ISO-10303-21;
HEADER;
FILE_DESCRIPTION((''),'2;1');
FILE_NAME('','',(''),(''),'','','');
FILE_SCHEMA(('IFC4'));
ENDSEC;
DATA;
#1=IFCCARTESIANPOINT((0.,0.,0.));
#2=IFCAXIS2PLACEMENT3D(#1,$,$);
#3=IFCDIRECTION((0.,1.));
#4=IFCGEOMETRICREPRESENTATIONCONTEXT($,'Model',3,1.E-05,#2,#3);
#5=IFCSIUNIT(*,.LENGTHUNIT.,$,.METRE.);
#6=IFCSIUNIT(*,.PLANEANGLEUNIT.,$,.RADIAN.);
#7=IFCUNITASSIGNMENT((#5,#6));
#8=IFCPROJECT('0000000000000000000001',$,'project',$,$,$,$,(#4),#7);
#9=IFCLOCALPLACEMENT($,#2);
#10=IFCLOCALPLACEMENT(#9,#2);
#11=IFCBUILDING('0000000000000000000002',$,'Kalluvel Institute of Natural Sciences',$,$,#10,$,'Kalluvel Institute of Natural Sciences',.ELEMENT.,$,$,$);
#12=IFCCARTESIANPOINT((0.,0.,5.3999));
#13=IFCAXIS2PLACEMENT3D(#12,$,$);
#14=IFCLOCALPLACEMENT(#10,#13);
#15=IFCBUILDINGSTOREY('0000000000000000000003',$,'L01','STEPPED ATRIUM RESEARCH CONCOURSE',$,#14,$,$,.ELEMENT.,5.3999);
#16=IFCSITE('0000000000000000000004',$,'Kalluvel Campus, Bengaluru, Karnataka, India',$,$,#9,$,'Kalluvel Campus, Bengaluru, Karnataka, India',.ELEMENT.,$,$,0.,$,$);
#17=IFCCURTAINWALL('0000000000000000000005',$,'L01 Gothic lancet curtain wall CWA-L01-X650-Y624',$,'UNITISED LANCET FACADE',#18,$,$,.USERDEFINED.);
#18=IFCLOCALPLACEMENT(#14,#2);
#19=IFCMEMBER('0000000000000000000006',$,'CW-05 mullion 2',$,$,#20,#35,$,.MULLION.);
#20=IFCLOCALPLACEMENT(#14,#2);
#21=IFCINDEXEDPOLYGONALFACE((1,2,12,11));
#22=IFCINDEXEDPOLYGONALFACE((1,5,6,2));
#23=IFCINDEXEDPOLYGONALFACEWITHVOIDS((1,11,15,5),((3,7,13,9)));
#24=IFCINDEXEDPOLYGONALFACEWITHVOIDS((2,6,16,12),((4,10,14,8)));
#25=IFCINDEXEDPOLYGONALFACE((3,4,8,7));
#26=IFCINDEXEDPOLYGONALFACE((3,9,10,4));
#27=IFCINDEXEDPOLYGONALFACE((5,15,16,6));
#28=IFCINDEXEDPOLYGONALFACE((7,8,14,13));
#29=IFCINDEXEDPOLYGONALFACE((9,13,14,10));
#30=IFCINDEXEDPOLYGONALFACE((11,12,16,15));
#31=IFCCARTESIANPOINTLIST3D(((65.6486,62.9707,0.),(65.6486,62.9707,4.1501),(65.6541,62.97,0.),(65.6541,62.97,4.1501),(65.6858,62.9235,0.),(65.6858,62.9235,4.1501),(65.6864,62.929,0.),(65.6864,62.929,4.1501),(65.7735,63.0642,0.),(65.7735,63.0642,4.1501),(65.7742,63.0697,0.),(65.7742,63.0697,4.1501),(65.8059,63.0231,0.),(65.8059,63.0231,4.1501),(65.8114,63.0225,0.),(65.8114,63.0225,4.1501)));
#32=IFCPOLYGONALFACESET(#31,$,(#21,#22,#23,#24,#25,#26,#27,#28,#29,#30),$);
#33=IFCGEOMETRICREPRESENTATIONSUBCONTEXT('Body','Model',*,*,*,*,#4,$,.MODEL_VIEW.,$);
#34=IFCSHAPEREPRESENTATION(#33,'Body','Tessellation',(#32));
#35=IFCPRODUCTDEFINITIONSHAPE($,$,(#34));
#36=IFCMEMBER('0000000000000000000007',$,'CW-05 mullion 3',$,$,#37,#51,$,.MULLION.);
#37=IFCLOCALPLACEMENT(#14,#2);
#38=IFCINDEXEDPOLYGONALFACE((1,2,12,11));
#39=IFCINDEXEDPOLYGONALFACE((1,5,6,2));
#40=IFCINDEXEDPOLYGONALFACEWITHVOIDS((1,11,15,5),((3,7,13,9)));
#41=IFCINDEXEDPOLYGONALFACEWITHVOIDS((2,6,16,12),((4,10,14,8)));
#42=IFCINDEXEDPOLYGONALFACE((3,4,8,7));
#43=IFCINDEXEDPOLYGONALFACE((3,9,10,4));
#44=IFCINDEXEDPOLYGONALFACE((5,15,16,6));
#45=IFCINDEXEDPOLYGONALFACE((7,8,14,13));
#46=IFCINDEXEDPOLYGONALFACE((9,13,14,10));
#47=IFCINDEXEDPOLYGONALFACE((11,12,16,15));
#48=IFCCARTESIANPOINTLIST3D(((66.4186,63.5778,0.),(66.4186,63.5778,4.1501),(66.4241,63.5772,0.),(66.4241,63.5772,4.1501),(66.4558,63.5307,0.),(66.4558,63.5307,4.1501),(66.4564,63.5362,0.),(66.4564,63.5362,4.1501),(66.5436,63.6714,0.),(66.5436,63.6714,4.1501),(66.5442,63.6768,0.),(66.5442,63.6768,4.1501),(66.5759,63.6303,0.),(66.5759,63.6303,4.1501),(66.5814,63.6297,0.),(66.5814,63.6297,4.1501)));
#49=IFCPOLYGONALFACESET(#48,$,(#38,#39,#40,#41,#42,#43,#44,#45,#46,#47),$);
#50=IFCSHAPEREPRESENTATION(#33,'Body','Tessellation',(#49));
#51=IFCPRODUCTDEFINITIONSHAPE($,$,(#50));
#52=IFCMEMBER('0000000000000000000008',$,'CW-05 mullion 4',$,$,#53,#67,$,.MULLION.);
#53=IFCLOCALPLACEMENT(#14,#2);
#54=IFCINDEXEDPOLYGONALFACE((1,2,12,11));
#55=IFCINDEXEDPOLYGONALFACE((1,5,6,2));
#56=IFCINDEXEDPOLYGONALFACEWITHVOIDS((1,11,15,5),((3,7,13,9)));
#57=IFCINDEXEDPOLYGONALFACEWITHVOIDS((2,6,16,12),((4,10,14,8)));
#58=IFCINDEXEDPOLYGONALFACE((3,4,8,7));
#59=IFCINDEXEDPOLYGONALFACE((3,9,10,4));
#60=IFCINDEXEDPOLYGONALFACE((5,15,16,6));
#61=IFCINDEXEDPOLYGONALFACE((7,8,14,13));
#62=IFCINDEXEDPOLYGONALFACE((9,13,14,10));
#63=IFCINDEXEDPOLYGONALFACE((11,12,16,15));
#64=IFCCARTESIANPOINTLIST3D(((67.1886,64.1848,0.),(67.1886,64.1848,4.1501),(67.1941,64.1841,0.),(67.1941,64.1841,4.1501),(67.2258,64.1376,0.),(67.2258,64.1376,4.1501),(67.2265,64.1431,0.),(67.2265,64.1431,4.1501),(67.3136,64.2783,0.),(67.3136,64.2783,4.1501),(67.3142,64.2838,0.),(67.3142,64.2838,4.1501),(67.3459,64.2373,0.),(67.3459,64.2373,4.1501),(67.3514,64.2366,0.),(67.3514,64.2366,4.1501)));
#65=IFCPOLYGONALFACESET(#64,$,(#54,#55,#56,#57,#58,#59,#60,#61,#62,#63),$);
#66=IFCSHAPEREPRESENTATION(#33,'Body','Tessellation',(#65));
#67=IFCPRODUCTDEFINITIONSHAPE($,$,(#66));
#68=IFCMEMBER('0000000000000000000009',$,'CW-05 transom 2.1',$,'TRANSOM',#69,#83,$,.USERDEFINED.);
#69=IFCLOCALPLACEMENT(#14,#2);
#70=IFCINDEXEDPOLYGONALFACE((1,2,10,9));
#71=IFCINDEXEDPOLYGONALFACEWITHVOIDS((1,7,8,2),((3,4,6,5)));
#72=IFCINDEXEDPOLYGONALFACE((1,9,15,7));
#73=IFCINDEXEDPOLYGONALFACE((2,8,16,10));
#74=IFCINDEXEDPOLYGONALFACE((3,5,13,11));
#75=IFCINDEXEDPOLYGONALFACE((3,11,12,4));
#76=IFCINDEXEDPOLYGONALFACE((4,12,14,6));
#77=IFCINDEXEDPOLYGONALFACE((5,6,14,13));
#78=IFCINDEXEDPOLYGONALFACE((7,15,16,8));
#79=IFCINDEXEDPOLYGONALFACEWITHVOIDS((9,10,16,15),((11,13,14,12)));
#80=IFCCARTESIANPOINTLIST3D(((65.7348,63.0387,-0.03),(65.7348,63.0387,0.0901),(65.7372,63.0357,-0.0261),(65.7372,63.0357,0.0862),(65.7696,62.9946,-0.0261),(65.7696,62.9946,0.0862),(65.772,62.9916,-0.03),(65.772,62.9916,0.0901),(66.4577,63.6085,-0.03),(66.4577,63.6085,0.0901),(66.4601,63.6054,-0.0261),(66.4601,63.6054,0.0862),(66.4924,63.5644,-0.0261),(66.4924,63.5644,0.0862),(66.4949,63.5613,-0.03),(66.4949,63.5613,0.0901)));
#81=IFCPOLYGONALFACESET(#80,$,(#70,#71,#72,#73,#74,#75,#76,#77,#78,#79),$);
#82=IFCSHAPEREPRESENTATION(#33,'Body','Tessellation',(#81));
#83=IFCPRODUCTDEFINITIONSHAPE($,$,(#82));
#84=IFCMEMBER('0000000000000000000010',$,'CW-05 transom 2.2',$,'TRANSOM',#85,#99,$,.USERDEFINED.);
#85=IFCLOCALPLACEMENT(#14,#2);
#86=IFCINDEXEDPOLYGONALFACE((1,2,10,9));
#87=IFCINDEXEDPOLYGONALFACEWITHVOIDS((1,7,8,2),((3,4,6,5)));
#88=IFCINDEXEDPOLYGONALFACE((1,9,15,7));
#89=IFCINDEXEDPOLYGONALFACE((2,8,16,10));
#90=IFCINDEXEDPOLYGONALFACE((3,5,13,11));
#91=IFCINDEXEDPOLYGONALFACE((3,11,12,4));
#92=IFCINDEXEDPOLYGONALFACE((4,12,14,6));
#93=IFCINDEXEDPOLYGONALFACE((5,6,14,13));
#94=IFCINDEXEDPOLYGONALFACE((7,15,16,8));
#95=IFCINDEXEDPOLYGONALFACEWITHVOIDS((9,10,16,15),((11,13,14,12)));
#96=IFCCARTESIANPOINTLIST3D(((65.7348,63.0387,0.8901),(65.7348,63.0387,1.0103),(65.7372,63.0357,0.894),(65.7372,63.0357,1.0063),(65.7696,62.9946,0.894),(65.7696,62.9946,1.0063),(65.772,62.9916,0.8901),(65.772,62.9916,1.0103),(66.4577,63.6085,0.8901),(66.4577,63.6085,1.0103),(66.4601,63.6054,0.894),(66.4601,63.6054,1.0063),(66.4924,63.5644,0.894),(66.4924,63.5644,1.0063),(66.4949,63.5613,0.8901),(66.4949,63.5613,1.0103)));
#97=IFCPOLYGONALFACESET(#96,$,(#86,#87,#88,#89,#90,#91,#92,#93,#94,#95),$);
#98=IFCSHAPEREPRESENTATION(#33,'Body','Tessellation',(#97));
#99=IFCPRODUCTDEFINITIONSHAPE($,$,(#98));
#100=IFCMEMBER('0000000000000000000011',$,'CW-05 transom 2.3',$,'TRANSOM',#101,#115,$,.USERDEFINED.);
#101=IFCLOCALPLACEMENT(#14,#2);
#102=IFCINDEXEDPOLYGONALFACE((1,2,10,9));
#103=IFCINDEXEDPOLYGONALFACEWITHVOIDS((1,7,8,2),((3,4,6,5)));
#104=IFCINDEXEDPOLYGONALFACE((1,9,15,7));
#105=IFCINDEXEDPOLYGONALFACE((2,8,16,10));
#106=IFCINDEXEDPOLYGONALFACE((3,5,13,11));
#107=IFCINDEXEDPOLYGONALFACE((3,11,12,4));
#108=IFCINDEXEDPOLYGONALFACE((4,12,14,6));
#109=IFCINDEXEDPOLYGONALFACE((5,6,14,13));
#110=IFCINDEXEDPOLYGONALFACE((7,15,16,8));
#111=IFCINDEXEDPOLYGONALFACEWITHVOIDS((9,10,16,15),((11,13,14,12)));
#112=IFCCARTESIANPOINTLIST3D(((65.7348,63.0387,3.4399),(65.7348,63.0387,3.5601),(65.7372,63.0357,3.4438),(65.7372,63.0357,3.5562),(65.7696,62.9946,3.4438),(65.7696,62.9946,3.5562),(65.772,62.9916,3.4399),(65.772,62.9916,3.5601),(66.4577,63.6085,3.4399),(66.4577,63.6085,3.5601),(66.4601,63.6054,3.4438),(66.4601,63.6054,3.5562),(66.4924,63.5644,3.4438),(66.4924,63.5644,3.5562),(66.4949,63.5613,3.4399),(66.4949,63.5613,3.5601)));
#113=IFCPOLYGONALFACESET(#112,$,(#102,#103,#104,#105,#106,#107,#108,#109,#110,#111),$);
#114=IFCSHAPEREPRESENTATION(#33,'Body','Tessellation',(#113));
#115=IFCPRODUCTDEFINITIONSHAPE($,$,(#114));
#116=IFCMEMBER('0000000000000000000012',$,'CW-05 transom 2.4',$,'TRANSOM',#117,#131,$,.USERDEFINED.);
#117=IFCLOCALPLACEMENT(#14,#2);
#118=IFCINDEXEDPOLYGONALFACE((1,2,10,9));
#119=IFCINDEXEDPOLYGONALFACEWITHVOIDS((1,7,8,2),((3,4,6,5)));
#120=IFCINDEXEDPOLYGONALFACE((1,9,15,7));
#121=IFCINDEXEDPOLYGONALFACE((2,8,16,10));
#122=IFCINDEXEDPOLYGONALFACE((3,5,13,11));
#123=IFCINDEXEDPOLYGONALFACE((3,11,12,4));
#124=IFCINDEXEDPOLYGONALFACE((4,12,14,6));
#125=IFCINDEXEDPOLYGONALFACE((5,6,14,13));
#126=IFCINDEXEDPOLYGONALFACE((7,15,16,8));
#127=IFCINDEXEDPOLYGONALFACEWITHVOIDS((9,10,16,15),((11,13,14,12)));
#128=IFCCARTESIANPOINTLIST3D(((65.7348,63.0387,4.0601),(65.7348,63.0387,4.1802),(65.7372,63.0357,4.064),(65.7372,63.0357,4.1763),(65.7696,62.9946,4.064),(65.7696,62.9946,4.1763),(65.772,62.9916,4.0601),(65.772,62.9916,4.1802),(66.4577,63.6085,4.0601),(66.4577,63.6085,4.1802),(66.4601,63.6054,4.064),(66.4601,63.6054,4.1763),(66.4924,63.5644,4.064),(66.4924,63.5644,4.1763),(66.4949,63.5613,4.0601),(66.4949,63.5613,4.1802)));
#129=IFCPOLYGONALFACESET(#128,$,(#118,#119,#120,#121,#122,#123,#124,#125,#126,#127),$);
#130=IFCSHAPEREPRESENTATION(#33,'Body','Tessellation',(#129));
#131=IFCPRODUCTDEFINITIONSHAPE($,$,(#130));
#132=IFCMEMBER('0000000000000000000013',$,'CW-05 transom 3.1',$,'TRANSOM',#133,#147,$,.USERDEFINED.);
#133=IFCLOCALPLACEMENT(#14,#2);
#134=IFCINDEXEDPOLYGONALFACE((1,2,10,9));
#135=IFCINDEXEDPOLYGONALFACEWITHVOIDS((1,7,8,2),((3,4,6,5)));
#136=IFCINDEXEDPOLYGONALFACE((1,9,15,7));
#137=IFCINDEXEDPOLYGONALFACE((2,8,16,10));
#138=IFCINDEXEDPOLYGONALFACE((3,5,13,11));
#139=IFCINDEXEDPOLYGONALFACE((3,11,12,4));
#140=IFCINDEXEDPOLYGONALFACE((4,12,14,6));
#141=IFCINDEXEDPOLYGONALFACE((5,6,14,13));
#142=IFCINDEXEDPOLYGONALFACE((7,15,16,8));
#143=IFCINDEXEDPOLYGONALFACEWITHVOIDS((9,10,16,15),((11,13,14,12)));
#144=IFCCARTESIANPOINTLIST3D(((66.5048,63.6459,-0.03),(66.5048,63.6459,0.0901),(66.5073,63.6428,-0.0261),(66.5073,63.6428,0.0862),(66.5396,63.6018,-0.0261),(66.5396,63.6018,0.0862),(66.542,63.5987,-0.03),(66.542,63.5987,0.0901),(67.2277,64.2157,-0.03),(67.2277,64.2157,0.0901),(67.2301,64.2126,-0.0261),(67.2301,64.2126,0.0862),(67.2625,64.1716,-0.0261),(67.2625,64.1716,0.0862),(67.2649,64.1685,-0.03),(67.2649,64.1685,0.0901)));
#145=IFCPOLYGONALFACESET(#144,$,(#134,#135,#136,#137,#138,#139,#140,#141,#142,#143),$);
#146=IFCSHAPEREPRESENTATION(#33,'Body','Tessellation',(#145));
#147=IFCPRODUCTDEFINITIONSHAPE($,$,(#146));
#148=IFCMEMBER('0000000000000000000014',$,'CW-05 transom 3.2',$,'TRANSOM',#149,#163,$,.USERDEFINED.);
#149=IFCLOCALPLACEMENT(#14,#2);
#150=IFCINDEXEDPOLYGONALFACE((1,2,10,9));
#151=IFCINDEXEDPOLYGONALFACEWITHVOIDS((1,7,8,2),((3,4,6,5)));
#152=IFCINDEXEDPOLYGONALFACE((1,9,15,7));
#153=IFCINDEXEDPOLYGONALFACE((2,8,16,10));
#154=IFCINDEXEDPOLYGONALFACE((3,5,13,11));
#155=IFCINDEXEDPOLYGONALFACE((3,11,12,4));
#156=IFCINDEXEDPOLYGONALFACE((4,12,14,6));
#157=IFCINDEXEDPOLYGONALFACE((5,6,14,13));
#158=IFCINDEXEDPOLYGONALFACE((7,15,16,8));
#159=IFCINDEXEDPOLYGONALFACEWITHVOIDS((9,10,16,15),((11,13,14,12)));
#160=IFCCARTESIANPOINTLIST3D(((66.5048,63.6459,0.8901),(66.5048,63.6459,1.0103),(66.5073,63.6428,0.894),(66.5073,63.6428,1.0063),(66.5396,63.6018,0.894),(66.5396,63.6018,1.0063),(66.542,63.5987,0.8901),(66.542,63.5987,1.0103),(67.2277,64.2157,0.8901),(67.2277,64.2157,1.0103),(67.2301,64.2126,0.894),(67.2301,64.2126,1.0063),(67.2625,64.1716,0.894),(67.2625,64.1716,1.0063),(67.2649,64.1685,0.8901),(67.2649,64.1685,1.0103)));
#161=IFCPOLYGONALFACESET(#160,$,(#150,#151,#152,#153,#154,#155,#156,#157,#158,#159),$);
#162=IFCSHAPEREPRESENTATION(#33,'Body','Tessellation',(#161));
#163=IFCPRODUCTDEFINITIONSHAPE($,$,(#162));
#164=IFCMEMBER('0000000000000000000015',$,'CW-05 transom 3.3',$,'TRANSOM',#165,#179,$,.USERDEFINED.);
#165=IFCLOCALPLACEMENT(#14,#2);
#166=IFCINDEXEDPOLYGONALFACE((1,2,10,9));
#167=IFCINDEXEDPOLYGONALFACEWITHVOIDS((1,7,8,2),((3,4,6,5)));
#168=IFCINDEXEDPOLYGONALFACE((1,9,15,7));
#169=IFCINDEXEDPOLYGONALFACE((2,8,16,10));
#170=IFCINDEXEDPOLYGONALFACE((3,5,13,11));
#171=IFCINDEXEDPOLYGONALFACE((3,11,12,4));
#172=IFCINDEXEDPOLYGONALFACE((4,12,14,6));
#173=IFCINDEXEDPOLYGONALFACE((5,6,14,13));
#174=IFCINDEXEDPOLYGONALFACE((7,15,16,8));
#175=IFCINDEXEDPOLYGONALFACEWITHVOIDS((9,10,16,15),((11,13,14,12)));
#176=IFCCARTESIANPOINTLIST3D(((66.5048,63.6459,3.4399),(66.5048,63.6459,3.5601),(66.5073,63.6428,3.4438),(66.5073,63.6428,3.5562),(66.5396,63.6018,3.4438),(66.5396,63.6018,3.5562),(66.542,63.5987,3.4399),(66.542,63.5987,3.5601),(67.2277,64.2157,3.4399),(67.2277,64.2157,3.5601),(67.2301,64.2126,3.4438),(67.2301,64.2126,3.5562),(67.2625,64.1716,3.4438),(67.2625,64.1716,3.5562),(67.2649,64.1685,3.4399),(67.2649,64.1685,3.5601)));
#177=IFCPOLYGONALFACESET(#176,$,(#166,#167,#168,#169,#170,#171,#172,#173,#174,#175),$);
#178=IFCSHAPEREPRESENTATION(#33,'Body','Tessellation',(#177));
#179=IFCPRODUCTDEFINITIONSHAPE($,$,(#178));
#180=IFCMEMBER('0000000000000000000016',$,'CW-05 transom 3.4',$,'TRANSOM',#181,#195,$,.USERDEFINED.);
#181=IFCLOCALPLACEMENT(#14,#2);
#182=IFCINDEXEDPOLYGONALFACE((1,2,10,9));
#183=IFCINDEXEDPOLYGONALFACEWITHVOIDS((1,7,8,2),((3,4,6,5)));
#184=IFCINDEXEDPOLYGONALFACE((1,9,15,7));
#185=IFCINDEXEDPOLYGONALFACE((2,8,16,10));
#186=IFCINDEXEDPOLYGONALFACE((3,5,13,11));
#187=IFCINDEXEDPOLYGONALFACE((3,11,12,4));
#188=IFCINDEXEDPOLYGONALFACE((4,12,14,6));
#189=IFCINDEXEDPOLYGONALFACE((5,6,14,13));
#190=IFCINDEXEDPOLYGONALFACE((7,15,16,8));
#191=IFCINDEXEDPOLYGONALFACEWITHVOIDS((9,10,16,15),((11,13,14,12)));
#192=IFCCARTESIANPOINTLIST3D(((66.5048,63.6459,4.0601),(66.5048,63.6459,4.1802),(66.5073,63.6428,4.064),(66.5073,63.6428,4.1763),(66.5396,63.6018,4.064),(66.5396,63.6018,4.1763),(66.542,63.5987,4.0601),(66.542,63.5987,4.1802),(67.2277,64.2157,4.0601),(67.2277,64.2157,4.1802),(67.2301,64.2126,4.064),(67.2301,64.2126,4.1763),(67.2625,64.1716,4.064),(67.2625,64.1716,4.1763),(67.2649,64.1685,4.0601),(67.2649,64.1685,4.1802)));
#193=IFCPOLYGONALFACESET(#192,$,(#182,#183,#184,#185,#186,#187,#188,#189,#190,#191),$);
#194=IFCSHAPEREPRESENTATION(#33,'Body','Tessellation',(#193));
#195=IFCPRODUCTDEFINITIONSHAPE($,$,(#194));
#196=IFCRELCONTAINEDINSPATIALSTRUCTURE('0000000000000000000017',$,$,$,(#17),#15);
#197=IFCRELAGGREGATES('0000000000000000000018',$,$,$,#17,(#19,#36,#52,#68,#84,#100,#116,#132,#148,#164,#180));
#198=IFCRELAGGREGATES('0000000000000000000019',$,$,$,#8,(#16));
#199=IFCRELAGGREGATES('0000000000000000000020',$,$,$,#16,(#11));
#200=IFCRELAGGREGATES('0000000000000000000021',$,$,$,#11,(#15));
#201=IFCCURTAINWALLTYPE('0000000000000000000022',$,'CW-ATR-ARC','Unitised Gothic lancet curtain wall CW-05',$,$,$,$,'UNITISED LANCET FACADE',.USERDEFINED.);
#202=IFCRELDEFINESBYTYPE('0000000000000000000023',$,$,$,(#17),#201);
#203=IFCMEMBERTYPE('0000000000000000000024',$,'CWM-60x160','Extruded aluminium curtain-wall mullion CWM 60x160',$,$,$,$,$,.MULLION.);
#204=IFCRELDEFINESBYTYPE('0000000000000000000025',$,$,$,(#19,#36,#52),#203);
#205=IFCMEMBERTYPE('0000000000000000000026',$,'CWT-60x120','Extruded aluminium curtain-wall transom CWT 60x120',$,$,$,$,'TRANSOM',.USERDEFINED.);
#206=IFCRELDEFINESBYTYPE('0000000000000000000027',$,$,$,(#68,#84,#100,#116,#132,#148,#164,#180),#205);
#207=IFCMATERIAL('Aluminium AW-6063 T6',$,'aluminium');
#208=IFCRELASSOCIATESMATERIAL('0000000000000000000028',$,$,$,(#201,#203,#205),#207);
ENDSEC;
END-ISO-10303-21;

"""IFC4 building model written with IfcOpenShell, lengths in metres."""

from ifc_helpers import new_model, si_unit, direction, frame, origin, origin_2d, place, context, subcontext, project, spatial, hollow_rectangle, extrude, material, material_profile, profile_set, type_object, element, aggregate, save


model = new_model("IFC4")

# Units and contexts
model_context = context("Model", 3, precision=1e-05, world=origin(), true_north=direction((0.0, 1.0)))
body_context = subcontext(model_context, "Body", "Model", "MODEL_VIEW")
ifc_project = project(units=[si_unit("LENGTHUNIT", "METRE"), si_unit("PLANEANGLEUNIT", "RADIAN")], contexts=[model_context])

# Site, building, storey
site_placement = place(None, origin())
site = spatial("IfcSite", under=ifc_project, at=site_placement, Name="Kalluvel Campus, Bengaluru, Karnataka, India", LongName="Kalluvel Campus, Bengaluru, Karnataka, India", CompositionType="ELEMENT", RefElevation=0.0)
building_placement = place(site_placement, origin())
building = spatial("IfcBuilding", under=site, at=building_placement, Name="Kalluvel Institute of Natural Sciences", LongName="Kalluvel Institute of Natural Sciences", CompositionType="ELEMENT")
storey_placement = place(building_placement, frame((0.0, 0.0, 5.3999)))
storey = spatial("IfcBuildingStorey", under=building, at=storey_placement, Name="L01", Description="STEPPED ATRIUM RESEARCH CONCOURSE", CompositionType="ELEMENT", Elevation=5.3999)

# Curtain wall, members
ifc_material_1 = material(Name="Aluminium AW-6063 T6", Category="aluminium")
curtain_wall_type = type_object("IfcCurtainWallType", Name="CW-ATR-ARC", Description="Unitised Gothic lancet curtain wall CW-05", ElementType="UNITISED LANCET FACADE", PredefinedType="USERDEFINED", material=ifc_material_1)
curtain_wall_placement = place(storey_placement, origin())
curtain_wall = element("IfcCurtainWall", 1, at=curtain_wall_placement, inside=storey, type_object=curtain_wall_type, Name="L01 Gothic lancet curtain wall CWA-L01-X650-Y624", ObjectType="UNITISED LANCET FACADE", PredefinedType="USERDEFINED")
ifc_material_profile_1 = material_profile(ifc_material_1, hollow_rectangle(XDim=0.0601, YDim=0.1599, WallThickness=0.0039, at=origin_2d()), Name="CWM 60x160")
ifc_profile_set_1 = profile_set([ifc_material_profile_1], Name="Aluminium AW-6063 T6")
member_type_1 = type_object("IfcMemberType", Name="CWM-60x160", Description="Extruded aluminium curtain-wall mullion CWM 60x160", PredefinedType="MULLION", material=ifc_profile_set_1)
member_1_placement = place(storey_placement, frame((65.73, 62.9966, 0.0), z_axis=(0.0, 0.0, 1.0), x_axis=(-0.619098, 0.785314, 0.0)))
member_1 = element("IfcMember", 2, at=member_1_placement, type_object=member_type_1, Name="CW-05 mullion 2", PredefinedType="MULLION", context=body_context, shape_type="SweptSolid", body=[
    extrude(hollow_rectangle(XDim=0.0601, YDim=0.1599, WallThickness=0.0039, at=origin_2d()), origin(), (0.0, 0.0, 1.0), 4.1501),
])
member_2_placement = place(storey_placement, frame((66.5, 63.6038, 0.0), z_axis=(0.0, 0.0, 1.0), x_axis=(-0.619098, 0.785314, 0.0)))
member_2 = element("IfcMember", 3, at=member_2_placement, type_object=member_type_1, Name="CW-05 mullion 3", PredefinedType="MULLION", context=body_context, shape_type="SweptSolid", body=[
    extrude(hollow_rectangle(XDim=0.0601, YDim=0.1599, WallThickness=0.0039, at=origin_2d()), origin(), (0.0, 0.0, 1.0), 4.1501),
])
member_3_placement = place(storey_placement, frame((67.27, 64.2107, 0.0), z_axis=(0.0, 0.0, 1.0), x_axis=(-0.619098, 0.785314, 0.0)))
member_3 = element("IfcMember", 4, at=member_3_placement, type_object=member_type_1, Name="CW-05 mullion 4", PredefinedType="MULLION", context=body_context, shape_type="SweptSolid", body=[
    extrude(hollow_rectangle(XDim=0.0601, YDim=0.1599, WallThickness=0.0039, at=origin_2d()), origin(), (0.0, 0.0, 1.0), 4.1501),
])
ifc_material_profile_2 = material_profile(ifc_material_1, hollow_rectangle(XDim=0.0601, YDim=0.1201, WallThickness=0.0039, at=origin_2d()), Name="CWT 60x120")
ifc_profile_set_2 = profile_set([ifc_material_profile_2], Name="Aluminium AW-6063 T6")
member_type_2 = type_object("IfcMemberType", Name="CWT-60x120", Description="Extruded aluminium curtain-wall transom CWT 60x120", ElementType="TRANSOM", PredefinedType="USERDEFINED", material=ifc_profile_set_2)
member_4_placement = place(storey_placement, frame((65.7534, 63.0151, 0.03), z_axis=(0.785351, 0.619051, 0.0), x_axis=(-0.619051, 0.785351, 0.0)))
member_4 = element("IfcMember", 5, at=member_4_placement, type_object=member_type_2, Name="CW-05 transom 2.1", ObjectType="TRANSOM", PredefinedType="USERDEFINED", context=body_context, shape_type="SweptSolid", body=[
    extrude(hollow_rectangle(XDim=0.0601, YDim=0.1201, WallThickness=0.0039, at=origin_2d()), origin(), (0.0, 0.0, 1.0), 0.9204),
])
member_5_placement = place(storey_placement, frame((65.7534, 63.0151, 0.9502), z_axis=(0.785351, 0.619051, 0.0), x_axis=(-0.619051, 0.785351, 0.0)))
member_5 = element("IfcMember", 6, at=member_5_placement, type_object=member_type_2, Name="CW-05 transom 2.2", ObjectType="TRANSOM", PredefinedType="USERDEFINED", context=body_context, shape_type="SweptSolid", body=[
    extrude(hollow_rectangle(XDim=0.0601, YDim=0.1201, WallThickness=0.0039, at=origin_2d()), origin(), (0.0, 0.0, 1.0), 0.9204),
])
member_6_placement = place(storey_placement, frame((65.7534, 63.0151, 3.5), z_axis=(0.785351, 0.619051, 0.0), x_axis=(-0.619051, 0.785351, 0.0)))
member_6 = element("IfcMember", 7, at=member_6_placement, type_object=member_type_2, Name="CW-05 transom 2.3", ObjectType="TRANSOM", PredefinedType="USERDEFINED", context=body_context, shape_type="SweptSolid", body=[
    extrude(hollow_rectangle(XDim=0.0601, YDim=0.1201, WallThickness=0.0039, at=origin_2d()), origin(), (0.0, 0.0, 1.0), 0.9204),
])
member_7_placement = place(storey_placement, frame((65.7534, 63.0151, 4.1201), z_axis=(0.785351, 0.619051, 0.0), x_axis=(-0.619051, 0.785351, 0.0)))
member_7 = element("IfcMember", 8, at=member_7_placement, type_object=member_type_2, Name="CW-05 transom 2.4", ObjectType="TRANSOM", PredefinedType="USERDEFINED", context=body_context, shape_type="SweptSolid", body=[
    extrude(hollow_rectangle(XDim=0.0601, YDim=0.1201, WallThickness=0.0039, at=origin_2d()), origin(), (0.0, 0.0, 1.0), 0.9204),
])
member_8_placement = place(storey_placement, frame((66.5234, 63.6223, 0.03), z_axis=(0.785351, 0.619051, 0.0), x_axis=(-0.619051, 0.785351, 0.0)))
member_8 = element("IfcMember", 9, at=member_8_placement, type_object=member_type_2, Name="CW-05 transom 3.1", ObjectType="TRANSOM", PredefinedType="USERDEFINED", context=body_context, shape_type="SweptSolid", body=[
    extrude(hollow_rectangle(XDim=0.0601, YDim=0.1201, WallThickness=0.0039, at=origin_2d()), origin(), (0.0, 0.0, 1.0), 0.9204),
])
member_9_placement = place(storey_placement, frame((66.5234, 63.6223, 0.9502), z_axis=(0.785351, 0.619051, 0.0), x_axis=(-0.619051, 0.785351, 0.0)))
member_9 = element("IfcMember", 10, at=member_9_placement, type_object=member_type_2, Name="CW-05 transom 3.2", ObjectType="TRANSOM", PredefinedType="USERDEFINED", context=body_context, shape_type="SweptSolid", body=[
    extrude(hollow_rectangle(XDim=0.0601, YDim=0.1201, WallThickness=0.0039, at=origin_2d()), origin(), (0.0, 0.0, 1.0), 0.9204),
])
member_10_placement = place(storey_placement, frame((66.5234, 63.6223, 3.5), z_axis=(0.785351, 0.619051, 0.0), x_axis=(-0.619051, 0.785351, 0.0)))
member_10 = element("IfcMember", 11, at=member_10_placement, type_object=member_type_2, Name="CW-05 transom 3.3", ObjectType="TRANSOM", PredefinedType="USERDEFINED", context=body_context, shape_type="SweptSolid", body=[
    extrude(hollow_rectangle(XDim=0.0601, YDim=0.1201, WallThickness=0.0039, at=origin_2d()), origin(), (0.0, 0.0, 1.0), 0.9204),
])
member_11_placement = place(storey_placement, frame((66.5234, 63.6223, 4.1201), z_axis=(0.785351, 0.619051, 0.0), x_axis=(-0.619051, 0.785351, 0.0)))
member_11 = element("IfcMember", 12, at=member_11_placement, type_object=member_type_2, Name="CW-05 transom 3.4", ObjectType="TRANSOM", PredefinedType="USERDEFINED", context=body_context, shape_type="SweptSolid", body=[
    extrude(hollow_rectangle(XDim=0.0601, YDim=0.1201, WallThickness=0.0039, at=origin_2d()), origin(), (0.0, 0.0, 1.0), 0.9204),
])
aggregate(curtain_wall, [member_1, member_2, member_3, member_4, member_5, member_6, member_7, member_8, member_9, member_10, member_11])

save(model, "model.ifc")
